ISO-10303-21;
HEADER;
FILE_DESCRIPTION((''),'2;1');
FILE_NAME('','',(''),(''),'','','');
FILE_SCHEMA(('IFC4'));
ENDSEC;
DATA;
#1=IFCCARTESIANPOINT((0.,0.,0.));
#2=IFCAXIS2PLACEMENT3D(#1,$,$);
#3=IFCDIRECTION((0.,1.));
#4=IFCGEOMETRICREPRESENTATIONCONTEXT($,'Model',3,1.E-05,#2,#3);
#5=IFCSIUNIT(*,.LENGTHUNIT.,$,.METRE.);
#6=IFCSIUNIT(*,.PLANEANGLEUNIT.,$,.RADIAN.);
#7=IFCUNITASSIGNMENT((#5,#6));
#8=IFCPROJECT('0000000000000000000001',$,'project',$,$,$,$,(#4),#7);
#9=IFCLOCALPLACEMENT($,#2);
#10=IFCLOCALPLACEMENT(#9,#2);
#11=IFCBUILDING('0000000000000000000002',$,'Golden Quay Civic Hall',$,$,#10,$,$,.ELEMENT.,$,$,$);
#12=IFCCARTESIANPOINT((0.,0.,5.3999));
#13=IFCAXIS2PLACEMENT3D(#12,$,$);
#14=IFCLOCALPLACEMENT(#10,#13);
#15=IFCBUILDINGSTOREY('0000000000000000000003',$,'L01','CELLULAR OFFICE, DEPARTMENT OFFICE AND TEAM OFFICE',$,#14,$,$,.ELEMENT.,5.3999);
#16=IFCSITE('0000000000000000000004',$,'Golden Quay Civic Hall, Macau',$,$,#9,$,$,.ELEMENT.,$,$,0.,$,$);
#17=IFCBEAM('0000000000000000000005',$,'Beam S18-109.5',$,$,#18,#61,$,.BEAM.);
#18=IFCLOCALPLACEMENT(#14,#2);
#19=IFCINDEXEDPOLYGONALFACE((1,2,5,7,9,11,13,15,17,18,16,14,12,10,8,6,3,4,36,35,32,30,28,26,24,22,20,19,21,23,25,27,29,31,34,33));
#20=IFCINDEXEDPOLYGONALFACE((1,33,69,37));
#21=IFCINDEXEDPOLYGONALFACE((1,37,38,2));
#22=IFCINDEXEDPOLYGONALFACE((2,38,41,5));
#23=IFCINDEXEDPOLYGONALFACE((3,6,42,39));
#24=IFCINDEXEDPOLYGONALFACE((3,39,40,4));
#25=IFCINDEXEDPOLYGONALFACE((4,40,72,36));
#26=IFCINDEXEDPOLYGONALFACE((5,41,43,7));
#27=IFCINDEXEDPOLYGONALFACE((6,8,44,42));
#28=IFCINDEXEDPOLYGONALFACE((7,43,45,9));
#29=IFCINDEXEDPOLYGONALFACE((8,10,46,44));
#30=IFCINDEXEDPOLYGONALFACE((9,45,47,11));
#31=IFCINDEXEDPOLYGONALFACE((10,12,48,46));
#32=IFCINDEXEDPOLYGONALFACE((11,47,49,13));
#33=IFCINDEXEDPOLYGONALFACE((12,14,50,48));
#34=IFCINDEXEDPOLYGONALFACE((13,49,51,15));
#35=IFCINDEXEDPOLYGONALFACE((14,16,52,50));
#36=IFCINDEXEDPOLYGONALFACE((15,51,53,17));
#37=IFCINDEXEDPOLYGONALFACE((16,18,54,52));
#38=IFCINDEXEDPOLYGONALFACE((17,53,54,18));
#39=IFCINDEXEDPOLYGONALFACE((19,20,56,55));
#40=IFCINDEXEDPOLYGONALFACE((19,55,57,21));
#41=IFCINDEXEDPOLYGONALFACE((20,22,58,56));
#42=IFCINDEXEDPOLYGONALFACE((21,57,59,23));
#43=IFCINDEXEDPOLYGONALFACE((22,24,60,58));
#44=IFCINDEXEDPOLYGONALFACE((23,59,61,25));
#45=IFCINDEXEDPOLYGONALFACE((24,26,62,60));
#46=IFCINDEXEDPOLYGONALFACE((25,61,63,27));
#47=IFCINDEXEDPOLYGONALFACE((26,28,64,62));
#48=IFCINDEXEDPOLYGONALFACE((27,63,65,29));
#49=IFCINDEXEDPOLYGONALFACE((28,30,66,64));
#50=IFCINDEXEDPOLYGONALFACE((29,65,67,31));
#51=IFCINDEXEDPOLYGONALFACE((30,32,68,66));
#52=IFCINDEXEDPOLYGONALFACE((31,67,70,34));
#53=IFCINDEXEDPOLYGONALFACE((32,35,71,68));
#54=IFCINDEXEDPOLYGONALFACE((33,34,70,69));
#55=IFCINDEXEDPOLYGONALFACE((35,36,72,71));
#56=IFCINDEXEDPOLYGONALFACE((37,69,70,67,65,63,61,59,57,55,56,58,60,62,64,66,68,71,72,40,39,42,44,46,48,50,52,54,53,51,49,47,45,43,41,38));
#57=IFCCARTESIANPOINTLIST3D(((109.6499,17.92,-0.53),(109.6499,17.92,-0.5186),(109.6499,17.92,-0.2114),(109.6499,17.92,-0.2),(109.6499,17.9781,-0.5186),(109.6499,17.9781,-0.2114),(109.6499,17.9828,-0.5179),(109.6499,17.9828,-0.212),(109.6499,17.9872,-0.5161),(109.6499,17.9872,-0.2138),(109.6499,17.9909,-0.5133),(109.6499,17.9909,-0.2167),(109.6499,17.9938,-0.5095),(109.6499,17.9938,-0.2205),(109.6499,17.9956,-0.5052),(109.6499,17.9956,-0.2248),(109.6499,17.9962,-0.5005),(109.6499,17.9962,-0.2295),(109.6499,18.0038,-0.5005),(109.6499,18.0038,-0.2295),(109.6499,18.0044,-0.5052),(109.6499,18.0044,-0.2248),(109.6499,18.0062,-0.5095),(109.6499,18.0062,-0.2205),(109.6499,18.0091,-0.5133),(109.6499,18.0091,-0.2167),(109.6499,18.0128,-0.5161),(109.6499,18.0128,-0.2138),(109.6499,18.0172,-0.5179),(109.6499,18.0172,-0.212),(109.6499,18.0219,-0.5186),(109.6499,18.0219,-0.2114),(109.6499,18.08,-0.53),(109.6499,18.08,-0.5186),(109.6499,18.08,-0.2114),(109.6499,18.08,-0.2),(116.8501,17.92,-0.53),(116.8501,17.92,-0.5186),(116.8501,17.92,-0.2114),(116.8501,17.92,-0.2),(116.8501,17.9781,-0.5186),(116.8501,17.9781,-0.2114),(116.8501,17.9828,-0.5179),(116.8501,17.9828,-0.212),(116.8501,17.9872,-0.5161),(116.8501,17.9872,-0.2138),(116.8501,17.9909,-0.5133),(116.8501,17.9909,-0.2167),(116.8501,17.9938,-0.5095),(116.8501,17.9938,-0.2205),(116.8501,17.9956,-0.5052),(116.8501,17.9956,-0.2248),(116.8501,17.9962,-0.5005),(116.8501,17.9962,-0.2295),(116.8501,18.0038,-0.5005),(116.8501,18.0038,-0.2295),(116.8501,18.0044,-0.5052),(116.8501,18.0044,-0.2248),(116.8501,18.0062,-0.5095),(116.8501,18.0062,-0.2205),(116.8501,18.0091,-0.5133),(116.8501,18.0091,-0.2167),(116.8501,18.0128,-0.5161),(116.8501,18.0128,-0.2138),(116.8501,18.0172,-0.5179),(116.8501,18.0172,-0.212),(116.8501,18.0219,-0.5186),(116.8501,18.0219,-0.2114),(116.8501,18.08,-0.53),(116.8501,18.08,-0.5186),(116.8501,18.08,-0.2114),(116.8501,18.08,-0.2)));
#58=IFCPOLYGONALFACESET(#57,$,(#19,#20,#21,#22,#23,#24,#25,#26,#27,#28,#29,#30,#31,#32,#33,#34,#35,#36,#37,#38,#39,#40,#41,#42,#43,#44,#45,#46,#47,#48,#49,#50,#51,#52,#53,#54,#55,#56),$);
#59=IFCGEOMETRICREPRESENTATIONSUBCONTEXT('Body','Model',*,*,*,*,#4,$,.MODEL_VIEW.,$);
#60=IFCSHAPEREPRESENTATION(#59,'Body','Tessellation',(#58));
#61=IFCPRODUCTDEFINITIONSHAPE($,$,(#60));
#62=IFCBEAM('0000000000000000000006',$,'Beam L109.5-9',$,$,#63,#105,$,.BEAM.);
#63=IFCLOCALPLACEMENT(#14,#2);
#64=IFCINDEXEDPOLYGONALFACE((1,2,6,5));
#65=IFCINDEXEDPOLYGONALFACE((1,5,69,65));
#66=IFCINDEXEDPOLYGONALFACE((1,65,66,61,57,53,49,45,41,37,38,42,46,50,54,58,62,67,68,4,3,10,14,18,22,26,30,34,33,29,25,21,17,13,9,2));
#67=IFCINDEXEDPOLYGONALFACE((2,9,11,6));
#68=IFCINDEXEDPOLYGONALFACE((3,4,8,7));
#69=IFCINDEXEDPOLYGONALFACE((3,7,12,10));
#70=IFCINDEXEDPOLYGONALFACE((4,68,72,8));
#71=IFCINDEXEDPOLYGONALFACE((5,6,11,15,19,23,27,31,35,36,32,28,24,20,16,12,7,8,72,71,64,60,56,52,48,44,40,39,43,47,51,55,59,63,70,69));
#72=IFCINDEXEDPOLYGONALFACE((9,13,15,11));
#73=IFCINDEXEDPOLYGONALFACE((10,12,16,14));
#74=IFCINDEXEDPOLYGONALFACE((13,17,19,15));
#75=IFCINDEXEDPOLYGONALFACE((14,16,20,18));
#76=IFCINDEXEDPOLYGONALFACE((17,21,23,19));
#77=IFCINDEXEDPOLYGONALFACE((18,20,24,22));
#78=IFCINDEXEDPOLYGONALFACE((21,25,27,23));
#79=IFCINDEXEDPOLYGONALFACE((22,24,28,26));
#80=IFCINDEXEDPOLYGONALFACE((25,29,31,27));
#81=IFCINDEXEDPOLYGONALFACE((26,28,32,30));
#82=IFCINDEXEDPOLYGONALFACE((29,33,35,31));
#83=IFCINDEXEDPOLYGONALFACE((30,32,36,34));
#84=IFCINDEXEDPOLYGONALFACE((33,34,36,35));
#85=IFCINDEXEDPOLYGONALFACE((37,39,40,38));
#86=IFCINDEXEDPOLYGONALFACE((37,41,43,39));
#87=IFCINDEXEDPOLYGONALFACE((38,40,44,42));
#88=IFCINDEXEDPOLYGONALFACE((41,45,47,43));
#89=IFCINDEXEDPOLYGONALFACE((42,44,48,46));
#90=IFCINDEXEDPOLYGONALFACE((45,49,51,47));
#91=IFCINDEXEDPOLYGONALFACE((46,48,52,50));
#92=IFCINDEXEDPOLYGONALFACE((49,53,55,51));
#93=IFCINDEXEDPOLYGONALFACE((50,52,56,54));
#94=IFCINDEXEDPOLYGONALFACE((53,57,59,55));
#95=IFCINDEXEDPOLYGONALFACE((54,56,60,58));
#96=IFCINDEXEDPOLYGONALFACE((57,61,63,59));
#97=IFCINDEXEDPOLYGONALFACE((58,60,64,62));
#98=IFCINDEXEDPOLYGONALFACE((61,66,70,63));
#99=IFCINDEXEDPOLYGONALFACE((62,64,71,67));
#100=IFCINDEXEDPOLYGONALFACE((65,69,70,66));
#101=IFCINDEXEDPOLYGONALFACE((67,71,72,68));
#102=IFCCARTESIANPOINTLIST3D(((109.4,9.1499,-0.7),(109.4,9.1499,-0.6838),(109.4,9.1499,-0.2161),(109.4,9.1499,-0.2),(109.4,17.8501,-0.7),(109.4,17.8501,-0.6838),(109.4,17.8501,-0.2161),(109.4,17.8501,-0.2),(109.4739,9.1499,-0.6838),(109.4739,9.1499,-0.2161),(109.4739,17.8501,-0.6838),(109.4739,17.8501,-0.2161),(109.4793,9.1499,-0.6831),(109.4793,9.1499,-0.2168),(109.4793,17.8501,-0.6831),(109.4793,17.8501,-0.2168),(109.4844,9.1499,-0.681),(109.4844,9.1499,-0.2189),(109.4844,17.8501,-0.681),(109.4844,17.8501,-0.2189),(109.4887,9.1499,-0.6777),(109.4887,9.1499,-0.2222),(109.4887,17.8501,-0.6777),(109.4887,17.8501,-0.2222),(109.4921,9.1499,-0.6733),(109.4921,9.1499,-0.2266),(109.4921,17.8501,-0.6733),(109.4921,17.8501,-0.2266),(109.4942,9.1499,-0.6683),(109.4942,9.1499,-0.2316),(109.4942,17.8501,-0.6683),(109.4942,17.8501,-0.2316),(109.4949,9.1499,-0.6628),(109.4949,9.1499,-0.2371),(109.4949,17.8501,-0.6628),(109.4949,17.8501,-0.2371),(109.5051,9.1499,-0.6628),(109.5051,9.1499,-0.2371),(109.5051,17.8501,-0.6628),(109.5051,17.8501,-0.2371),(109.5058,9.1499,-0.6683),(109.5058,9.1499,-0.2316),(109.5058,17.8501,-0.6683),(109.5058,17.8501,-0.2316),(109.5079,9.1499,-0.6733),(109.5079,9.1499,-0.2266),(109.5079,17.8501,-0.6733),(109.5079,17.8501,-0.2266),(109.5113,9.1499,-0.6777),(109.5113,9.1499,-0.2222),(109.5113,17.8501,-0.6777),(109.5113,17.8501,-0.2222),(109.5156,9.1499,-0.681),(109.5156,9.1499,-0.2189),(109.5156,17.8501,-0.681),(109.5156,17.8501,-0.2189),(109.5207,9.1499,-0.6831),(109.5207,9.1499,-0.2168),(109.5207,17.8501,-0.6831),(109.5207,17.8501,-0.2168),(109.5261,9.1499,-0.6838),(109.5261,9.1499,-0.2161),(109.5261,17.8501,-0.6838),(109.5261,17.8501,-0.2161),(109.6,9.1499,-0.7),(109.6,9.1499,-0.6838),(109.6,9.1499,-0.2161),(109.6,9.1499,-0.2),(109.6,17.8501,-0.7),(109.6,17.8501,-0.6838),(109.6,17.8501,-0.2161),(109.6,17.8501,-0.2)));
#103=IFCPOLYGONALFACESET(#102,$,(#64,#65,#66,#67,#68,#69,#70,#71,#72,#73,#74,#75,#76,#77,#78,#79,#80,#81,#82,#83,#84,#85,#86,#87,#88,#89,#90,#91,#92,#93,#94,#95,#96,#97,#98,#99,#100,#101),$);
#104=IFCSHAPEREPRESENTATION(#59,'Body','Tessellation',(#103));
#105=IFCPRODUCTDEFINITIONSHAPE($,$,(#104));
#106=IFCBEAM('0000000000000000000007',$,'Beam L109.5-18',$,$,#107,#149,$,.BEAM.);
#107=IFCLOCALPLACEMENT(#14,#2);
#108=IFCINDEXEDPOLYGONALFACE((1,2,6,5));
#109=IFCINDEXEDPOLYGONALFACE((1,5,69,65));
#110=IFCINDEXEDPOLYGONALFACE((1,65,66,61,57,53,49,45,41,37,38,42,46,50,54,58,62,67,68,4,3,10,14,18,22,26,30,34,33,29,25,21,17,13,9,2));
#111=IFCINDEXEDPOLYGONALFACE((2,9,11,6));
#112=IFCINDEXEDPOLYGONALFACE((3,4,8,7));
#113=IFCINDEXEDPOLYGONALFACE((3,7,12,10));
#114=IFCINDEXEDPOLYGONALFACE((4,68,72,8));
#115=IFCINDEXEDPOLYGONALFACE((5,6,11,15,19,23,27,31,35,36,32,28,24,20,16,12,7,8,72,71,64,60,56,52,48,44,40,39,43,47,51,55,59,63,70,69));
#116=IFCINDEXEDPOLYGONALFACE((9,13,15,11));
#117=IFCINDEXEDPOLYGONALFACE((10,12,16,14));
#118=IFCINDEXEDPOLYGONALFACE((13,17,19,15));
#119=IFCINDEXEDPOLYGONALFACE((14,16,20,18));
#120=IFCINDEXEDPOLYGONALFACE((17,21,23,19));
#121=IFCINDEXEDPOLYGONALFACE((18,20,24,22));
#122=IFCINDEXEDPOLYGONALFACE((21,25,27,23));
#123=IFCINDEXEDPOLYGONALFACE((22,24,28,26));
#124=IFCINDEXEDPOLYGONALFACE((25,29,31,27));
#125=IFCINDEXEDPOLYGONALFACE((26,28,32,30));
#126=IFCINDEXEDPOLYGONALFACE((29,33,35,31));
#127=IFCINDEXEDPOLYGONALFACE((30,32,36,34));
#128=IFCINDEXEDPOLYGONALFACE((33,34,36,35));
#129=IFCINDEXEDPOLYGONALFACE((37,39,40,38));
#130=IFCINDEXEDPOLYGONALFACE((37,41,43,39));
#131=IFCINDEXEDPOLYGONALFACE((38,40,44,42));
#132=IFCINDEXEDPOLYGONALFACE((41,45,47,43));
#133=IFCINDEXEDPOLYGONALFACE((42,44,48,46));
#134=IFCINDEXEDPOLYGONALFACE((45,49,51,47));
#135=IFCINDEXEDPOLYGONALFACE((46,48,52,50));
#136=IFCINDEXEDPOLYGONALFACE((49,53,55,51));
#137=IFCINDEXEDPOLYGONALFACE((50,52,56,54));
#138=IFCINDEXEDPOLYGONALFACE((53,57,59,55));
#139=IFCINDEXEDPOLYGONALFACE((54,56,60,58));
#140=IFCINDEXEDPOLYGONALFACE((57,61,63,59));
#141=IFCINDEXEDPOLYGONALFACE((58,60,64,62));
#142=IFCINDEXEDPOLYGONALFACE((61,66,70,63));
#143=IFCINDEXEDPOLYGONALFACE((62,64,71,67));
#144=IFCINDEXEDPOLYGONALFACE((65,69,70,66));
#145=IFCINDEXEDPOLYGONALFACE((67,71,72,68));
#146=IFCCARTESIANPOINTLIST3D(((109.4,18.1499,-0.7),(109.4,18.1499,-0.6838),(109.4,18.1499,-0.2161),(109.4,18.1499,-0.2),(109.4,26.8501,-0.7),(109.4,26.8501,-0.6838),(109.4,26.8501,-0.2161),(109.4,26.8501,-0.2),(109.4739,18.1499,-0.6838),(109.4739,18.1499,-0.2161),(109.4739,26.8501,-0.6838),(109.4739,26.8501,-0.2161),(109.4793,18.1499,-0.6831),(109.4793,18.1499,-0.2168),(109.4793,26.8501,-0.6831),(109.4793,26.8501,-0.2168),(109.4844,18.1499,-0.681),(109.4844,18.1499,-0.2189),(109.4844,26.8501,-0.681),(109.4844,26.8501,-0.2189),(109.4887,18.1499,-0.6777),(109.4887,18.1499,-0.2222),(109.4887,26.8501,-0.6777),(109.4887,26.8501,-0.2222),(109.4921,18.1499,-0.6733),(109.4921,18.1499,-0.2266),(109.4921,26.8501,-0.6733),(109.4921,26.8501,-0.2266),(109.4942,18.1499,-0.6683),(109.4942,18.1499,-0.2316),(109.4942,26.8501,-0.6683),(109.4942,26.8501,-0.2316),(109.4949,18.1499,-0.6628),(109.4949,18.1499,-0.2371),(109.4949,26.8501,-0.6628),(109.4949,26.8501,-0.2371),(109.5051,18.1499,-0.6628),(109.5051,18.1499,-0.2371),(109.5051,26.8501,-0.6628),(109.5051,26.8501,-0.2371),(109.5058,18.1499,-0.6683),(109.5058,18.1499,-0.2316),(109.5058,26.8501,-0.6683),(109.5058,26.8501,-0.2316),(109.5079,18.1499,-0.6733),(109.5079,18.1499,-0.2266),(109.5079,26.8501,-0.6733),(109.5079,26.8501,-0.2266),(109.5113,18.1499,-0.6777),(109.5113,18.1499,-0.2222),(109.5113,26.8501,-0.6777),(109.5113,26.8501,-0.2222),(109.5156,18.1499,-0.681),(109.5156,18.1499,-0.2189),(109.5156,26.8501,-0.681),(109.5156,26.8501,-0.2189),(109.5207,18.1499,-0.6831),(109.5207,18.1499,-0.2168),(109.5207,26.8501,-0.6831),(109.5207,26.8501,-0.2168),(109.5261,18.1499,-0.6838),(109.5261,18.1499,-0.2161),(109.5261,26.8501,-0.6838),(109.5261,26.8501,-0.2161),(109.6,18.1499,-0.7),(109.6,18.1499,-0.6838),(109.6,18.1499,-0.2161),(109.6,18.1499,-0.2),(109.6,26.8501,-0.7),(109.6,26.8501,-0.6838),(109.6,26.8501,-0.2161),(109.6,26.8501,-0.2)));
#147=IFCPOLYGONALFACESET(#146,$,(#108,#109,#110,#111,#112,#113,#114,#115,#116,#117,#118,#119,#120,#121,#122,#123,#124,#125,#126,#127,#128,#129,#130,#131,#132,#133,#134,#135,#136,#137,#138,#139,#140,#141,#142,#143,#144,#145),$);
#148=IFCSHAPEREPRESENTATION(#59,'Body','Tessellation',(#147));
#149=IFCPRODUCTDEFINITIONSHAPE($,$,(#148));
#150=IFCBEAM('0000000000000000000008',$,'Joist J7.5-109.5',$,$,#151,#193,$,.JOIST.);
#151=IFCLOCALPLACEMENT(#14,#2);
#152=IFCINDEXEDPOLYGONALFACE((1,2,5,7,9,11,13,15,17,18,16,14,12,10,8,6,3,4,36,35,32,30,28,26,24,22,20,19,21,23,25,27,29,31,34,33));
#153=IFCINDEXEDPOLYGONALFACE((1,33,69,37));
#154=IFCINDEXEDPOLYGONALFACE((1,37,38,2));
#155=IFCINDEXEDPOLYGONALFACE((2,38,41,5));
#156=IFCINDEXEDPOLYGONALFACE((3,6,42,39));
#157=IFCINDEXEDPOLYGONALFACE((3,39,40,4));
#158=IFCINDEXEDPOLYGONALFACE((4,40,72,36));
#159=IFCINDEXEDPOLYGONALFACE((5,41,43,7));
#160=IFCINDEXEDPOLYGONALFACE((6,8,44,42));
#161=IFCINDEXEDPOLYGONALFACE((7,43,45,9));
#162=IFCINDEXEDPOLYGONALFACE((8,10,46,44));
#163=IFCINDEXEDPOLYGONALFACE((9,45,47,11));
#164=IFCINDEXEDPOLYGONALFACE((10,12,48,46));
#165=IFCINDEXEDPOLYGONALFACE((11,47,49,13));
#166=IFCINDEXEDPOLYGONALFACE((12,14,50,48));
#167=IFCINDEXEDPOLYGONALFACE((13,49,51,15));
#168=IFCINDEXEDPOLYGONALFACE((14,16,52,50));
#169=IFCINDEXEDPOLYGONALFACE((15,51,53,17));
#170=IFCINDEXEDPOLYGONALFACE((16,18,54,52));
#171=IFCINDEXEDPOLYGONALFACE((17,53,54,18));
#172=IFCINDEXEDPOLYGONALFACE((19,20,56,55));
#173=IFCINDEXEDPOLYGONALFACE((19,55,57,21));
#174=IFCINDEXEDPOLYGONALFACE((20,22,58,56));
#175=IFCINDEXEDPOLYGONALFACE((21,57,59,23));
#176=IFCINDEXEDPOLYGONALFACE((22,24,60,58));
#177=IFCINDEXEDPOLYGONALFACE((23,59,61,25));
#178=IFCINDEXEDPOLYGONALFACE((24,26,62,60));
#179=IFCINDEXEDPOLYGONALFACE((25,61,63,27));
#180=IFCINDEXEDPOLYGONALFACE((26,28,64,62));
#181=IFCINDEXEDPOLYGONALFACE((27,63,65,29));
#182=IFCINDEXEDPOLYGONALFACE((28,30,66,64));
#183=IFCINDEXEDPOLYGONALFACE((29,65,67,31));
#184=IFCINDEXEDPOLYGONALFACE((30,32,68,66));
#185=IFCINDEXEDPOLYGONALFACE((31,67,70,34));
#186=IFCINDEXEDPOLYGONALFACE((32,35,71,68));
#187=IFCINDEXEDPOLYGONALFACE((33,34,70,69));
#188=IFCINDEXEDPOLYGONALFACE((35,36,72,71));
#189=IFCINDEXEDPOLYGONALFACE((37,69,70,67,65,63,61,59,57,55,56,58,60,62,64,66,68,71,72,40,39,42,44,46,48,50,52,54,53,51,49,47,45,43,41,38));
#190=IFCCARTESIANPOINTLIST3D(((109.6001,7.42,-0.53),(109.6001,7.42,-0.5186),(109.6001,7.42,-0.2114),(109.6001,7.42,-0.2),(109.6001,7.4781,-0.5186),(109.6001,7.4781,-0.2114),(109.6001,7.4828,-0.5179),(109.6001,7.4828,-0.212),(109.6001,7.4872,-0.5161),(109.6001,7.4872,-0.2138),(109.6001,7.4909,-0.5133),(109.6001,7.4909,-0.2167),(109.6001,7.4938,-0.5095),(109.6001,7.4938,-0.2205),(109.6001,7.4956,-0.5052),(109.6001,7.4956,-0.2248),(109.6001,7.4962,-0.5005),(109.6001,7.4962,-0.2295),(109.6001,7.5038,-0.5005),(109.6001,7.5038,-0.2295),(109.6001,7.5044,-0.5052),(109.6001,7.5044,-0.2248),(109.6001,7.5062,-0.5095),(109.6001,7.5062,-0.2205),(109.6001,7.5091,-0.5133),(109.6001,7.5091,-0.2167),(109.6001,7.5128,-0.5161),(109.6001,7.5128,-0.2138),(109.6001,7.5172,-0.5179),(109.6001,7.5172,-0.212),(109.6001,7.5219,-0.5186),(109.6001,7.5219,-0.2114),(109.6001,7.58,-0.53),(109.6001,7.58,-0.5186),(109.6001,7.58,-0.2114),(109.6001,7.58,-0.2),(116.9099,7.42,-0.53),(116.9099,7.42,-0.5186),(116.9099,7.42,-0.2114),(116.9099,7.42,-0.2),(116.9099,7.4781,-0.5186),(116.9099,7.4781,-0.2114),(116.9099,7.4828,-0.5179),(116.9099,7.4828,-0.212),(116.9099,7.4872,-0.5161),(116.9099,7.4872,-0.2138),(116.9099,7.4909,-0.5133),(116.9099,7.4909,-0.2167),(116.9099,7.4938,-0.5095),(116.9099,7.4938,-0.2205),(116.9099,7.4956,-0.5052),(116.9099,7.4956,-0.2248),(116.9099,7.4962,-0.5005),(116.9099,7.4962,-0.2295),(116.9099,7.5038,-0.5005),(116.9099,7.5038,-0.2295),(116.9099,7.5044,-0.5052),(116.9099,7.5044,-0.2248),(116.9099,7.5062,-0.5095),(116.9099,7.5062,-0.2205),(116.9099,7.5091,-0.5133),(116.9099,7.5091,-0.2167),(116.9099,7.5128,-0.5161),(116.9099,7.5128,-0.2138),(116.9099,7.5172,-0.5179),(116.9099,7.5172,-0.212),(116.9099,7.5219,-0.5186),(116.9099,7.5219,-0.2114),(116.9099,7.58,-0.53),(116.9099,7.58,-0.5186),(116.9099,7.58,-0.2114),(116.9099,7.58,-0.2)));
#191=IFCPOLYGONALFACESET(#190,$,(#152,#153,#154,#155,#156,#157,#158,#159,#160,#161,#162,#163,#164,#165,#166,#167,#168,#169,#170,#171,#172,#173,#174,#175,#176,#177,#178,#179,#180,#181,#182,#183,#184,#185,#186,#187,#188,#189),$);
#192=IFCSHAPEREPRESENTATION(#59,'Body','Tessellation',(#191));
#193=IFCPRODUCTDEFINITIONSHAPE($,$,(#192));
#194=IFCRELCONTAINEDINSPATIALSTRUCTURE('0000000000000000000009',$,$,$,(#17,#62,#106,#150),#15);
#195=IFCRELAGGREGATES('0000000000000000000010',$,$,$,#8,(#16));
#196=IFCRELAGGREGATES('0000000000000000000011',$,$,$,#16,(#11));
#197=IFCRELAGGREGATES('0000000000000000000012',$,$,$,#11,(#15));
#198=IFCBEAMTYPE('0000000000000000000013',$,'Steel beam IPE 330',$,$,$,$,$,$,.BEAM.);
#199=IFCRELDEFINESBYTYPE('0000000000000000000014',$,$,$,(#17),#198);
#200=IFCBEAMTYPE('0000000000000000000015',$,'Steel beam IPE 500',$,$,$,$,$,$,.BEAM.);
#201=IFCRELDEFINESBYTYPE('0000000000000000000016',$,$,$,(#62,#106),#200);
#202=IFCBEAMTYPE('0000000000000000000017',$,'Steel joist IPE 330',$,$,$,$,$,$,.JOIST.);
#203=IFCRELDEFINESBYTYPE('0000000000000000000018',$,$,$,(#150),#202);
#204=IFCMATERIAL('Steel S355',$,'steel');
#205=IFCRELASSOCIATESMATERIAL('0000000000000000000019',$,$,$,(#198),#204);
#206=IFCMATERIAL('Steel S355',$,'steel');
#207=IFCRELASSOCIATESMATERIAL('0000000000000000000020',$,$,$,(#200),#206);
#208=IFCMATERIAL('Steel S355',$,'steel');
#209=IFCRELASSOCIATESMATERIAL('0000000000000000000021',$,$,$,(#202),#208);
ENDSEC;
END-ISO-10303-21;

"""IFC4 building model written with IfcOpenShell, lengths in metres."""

from ifc_helpers import new_model, si_unit, direction, frame, origin, origin_2d, place, context, subcontext, project, spatial, i_section, extrude, material, material_profile, profile_set, type_object, element, save


model = new_model("IFC4")

# Units and contexts
model_context = context("Model", 3, precision=1e-05, world=origin(), true_north=direction((0.0, 1.0)))
body_context = subcontext(model_context, "Body", "Model", "MODEL_VIEW")
ifc_project = project(units=[si_unit("LENGTHUNIT", "METRE"), si_unit("PLANEANGLEUNIT", "RADIAN")], contexts=[model_context])

# Site, building, storey
site_placement = place(None, origin())
site = spatial("IfcSite", under=ifc_project, at=site_placement, Name="Golden Quay Civic Hall, Macau", CompositionType="ELEMENT", RefElevation=0.0)
building_placement = place(site_placement, origin())
building = spatial("IfcBuilding", under=site, at=building_placement, Name="Golden Quay Civic Hall", CompositionType="ELEMENT")
storey_placement = place(building_placement, frame((0.0, 0.0, 5.3999)))
storey = spatial("IfcBuildingStorey", under=building, at=storey_placement, Name="L01", Description="CELLULAR OFFICE, DEPARTMENT OFFICE AND TEAM OFFICE", CompositionType="ELEMENT", Elevation=5.3999)

# Beams
ifc_material_1 = material(Name="Steel S355", Category="steel")
ifc_material_profile_1 = material_profile(ifc_material_1, i_section(OverallWidth=0.1599, OverallDepth=0.3301, WebThickness=0.0076, FlangeThickness=0.0115, FilletRadius=0.0181, at=origin_2d()), Name="IPE 330")
ifc_profile_set_1 = profile_set([ifc_material_profile_1], Name="Steel S355")
beam_type_1 = type_object("IfcBeamType", Name="Steel beam IPE 330", PredefinedType="BEAM", material=ifc_profile_set_1)
for number, where, z_axis, x_axis, name in (
    (1, (109.6499, 18.0, -0.365), (1.0, 0.0, 0.0), (0.0, 1.0, 0.0), "Beam S18-109.5"),
):
    element("IfcBeam", number, at=place(storey_placement, frame(where, z_axis=z_axis, x_axis=x_axis)), inside=storey, type_object=beam_type_1, Name=name, PredefinedType="BEAM", context=body_context, shape_type="SweptSolid", body=[
        extrude(i_section(OverallWidth=0.1599, OverallDepth=0.3301, WebThickness=0.0076, FlangeThickness=0.0115, FilletRadius=0.0181, at=origin_2d()), origin(), (0.0, 0.0, 1.0), 7.2002),
    ])
ifc_material_2 = material(Name="Steel S355", Category="steel")
ifc_material_profile_2 = material_profile(ifc_material_2, i_section(OverallWidth=0.2, OverallDepth=0.5, WebThickness=0.0103, FlangeThickness=0.0161, FilletRadius=0.021, at=origin_2d()), Name="IPE 500")
ifc_profile_set_2 = profile_set([ifc_material_profile_2], Name="Steel S355")
beam_type_2 = type_object("IfcBeamType", Name="Steel beam IPE 500", PredefinedType="BEAM", material=ifc_profile_set_2)
for number, where, z_axis, x_axis, name in (
    (2, (109.5, 9.1499, -0.45), (0.0, 1.0, 0.0), (-1.0, 0.0, 0.0), "Beam L109.5-9"),
    (3, (109.5, 18.1499, -0.45), (0.0, 1.0, 0.0), (-1.0, 0.0, 0.0), "Beam L109.5-18"),
):
    element("IfcBeam", number, at=place(storey_placement, frame(where, z_axis=z_axis, x_axis=x_axis)), inside=storey, type_object=beam_type_2, Name=name, PredefinedType="BEAM", context=body_context, shape_type="SweptSolid", body=[
        extrude(i_section(OverallWidth=0.2, OverallDepth=0.5, WebThickness=0.0103, FlangeThickness=0.0161, FilletRadius=0.021, at=origin_2d()), origin(), (0.0, 0.0, 1.0), 8.7002),
    ])
ifc_material_3 = material(Name="Steel S355", Category="steel")
ifc_material_profile_3 = material_profile(ifc_material_3, i_section(OverallWidth=0.1599, OverallDepth=0.3301, WebThickness=0.0076, FlangeThickness=0.0115, FilletRadius=0.0181, at=origin_2d()), Name="IPE 330")
ifc_profile_set_3 = profile_set([ifc_material_profile_3], Name="Steel S355")
beam_type_3 = type_object("IfcBeamType", Name="Steel joist IPE 330", PredefinedType="JOIST", material=ifc_profile_set_3)
for number, where, z_axis, x_axis, name in (
    (4, (109.6001, 7.5, -0.365), (1.0, 0.0, 0.0), (0.0, 1.0, 0.0), "Joist J7.5-109.5"),
):
    element("IfcBeam", number, at=place(storey_placement, frame(where, z_axis=z_axis, x_axis=x_axis)), inside=storey, type_object=beam_type_3, Name=name, PredefinedType="JOIST", context=body_context, shape_type="SweptSolid", body=[
        extrude(i_section(OverallWidth=0.1599, OverallDepth=0.3301, WebThickness=0.0076, FlangeThickness=0.0115, FilletRadius=0.0181, at=origin_2d()), origin(), (0.0, 0.0, 1.0), 7.3098),
    ])

save(model, "model.ifc")
